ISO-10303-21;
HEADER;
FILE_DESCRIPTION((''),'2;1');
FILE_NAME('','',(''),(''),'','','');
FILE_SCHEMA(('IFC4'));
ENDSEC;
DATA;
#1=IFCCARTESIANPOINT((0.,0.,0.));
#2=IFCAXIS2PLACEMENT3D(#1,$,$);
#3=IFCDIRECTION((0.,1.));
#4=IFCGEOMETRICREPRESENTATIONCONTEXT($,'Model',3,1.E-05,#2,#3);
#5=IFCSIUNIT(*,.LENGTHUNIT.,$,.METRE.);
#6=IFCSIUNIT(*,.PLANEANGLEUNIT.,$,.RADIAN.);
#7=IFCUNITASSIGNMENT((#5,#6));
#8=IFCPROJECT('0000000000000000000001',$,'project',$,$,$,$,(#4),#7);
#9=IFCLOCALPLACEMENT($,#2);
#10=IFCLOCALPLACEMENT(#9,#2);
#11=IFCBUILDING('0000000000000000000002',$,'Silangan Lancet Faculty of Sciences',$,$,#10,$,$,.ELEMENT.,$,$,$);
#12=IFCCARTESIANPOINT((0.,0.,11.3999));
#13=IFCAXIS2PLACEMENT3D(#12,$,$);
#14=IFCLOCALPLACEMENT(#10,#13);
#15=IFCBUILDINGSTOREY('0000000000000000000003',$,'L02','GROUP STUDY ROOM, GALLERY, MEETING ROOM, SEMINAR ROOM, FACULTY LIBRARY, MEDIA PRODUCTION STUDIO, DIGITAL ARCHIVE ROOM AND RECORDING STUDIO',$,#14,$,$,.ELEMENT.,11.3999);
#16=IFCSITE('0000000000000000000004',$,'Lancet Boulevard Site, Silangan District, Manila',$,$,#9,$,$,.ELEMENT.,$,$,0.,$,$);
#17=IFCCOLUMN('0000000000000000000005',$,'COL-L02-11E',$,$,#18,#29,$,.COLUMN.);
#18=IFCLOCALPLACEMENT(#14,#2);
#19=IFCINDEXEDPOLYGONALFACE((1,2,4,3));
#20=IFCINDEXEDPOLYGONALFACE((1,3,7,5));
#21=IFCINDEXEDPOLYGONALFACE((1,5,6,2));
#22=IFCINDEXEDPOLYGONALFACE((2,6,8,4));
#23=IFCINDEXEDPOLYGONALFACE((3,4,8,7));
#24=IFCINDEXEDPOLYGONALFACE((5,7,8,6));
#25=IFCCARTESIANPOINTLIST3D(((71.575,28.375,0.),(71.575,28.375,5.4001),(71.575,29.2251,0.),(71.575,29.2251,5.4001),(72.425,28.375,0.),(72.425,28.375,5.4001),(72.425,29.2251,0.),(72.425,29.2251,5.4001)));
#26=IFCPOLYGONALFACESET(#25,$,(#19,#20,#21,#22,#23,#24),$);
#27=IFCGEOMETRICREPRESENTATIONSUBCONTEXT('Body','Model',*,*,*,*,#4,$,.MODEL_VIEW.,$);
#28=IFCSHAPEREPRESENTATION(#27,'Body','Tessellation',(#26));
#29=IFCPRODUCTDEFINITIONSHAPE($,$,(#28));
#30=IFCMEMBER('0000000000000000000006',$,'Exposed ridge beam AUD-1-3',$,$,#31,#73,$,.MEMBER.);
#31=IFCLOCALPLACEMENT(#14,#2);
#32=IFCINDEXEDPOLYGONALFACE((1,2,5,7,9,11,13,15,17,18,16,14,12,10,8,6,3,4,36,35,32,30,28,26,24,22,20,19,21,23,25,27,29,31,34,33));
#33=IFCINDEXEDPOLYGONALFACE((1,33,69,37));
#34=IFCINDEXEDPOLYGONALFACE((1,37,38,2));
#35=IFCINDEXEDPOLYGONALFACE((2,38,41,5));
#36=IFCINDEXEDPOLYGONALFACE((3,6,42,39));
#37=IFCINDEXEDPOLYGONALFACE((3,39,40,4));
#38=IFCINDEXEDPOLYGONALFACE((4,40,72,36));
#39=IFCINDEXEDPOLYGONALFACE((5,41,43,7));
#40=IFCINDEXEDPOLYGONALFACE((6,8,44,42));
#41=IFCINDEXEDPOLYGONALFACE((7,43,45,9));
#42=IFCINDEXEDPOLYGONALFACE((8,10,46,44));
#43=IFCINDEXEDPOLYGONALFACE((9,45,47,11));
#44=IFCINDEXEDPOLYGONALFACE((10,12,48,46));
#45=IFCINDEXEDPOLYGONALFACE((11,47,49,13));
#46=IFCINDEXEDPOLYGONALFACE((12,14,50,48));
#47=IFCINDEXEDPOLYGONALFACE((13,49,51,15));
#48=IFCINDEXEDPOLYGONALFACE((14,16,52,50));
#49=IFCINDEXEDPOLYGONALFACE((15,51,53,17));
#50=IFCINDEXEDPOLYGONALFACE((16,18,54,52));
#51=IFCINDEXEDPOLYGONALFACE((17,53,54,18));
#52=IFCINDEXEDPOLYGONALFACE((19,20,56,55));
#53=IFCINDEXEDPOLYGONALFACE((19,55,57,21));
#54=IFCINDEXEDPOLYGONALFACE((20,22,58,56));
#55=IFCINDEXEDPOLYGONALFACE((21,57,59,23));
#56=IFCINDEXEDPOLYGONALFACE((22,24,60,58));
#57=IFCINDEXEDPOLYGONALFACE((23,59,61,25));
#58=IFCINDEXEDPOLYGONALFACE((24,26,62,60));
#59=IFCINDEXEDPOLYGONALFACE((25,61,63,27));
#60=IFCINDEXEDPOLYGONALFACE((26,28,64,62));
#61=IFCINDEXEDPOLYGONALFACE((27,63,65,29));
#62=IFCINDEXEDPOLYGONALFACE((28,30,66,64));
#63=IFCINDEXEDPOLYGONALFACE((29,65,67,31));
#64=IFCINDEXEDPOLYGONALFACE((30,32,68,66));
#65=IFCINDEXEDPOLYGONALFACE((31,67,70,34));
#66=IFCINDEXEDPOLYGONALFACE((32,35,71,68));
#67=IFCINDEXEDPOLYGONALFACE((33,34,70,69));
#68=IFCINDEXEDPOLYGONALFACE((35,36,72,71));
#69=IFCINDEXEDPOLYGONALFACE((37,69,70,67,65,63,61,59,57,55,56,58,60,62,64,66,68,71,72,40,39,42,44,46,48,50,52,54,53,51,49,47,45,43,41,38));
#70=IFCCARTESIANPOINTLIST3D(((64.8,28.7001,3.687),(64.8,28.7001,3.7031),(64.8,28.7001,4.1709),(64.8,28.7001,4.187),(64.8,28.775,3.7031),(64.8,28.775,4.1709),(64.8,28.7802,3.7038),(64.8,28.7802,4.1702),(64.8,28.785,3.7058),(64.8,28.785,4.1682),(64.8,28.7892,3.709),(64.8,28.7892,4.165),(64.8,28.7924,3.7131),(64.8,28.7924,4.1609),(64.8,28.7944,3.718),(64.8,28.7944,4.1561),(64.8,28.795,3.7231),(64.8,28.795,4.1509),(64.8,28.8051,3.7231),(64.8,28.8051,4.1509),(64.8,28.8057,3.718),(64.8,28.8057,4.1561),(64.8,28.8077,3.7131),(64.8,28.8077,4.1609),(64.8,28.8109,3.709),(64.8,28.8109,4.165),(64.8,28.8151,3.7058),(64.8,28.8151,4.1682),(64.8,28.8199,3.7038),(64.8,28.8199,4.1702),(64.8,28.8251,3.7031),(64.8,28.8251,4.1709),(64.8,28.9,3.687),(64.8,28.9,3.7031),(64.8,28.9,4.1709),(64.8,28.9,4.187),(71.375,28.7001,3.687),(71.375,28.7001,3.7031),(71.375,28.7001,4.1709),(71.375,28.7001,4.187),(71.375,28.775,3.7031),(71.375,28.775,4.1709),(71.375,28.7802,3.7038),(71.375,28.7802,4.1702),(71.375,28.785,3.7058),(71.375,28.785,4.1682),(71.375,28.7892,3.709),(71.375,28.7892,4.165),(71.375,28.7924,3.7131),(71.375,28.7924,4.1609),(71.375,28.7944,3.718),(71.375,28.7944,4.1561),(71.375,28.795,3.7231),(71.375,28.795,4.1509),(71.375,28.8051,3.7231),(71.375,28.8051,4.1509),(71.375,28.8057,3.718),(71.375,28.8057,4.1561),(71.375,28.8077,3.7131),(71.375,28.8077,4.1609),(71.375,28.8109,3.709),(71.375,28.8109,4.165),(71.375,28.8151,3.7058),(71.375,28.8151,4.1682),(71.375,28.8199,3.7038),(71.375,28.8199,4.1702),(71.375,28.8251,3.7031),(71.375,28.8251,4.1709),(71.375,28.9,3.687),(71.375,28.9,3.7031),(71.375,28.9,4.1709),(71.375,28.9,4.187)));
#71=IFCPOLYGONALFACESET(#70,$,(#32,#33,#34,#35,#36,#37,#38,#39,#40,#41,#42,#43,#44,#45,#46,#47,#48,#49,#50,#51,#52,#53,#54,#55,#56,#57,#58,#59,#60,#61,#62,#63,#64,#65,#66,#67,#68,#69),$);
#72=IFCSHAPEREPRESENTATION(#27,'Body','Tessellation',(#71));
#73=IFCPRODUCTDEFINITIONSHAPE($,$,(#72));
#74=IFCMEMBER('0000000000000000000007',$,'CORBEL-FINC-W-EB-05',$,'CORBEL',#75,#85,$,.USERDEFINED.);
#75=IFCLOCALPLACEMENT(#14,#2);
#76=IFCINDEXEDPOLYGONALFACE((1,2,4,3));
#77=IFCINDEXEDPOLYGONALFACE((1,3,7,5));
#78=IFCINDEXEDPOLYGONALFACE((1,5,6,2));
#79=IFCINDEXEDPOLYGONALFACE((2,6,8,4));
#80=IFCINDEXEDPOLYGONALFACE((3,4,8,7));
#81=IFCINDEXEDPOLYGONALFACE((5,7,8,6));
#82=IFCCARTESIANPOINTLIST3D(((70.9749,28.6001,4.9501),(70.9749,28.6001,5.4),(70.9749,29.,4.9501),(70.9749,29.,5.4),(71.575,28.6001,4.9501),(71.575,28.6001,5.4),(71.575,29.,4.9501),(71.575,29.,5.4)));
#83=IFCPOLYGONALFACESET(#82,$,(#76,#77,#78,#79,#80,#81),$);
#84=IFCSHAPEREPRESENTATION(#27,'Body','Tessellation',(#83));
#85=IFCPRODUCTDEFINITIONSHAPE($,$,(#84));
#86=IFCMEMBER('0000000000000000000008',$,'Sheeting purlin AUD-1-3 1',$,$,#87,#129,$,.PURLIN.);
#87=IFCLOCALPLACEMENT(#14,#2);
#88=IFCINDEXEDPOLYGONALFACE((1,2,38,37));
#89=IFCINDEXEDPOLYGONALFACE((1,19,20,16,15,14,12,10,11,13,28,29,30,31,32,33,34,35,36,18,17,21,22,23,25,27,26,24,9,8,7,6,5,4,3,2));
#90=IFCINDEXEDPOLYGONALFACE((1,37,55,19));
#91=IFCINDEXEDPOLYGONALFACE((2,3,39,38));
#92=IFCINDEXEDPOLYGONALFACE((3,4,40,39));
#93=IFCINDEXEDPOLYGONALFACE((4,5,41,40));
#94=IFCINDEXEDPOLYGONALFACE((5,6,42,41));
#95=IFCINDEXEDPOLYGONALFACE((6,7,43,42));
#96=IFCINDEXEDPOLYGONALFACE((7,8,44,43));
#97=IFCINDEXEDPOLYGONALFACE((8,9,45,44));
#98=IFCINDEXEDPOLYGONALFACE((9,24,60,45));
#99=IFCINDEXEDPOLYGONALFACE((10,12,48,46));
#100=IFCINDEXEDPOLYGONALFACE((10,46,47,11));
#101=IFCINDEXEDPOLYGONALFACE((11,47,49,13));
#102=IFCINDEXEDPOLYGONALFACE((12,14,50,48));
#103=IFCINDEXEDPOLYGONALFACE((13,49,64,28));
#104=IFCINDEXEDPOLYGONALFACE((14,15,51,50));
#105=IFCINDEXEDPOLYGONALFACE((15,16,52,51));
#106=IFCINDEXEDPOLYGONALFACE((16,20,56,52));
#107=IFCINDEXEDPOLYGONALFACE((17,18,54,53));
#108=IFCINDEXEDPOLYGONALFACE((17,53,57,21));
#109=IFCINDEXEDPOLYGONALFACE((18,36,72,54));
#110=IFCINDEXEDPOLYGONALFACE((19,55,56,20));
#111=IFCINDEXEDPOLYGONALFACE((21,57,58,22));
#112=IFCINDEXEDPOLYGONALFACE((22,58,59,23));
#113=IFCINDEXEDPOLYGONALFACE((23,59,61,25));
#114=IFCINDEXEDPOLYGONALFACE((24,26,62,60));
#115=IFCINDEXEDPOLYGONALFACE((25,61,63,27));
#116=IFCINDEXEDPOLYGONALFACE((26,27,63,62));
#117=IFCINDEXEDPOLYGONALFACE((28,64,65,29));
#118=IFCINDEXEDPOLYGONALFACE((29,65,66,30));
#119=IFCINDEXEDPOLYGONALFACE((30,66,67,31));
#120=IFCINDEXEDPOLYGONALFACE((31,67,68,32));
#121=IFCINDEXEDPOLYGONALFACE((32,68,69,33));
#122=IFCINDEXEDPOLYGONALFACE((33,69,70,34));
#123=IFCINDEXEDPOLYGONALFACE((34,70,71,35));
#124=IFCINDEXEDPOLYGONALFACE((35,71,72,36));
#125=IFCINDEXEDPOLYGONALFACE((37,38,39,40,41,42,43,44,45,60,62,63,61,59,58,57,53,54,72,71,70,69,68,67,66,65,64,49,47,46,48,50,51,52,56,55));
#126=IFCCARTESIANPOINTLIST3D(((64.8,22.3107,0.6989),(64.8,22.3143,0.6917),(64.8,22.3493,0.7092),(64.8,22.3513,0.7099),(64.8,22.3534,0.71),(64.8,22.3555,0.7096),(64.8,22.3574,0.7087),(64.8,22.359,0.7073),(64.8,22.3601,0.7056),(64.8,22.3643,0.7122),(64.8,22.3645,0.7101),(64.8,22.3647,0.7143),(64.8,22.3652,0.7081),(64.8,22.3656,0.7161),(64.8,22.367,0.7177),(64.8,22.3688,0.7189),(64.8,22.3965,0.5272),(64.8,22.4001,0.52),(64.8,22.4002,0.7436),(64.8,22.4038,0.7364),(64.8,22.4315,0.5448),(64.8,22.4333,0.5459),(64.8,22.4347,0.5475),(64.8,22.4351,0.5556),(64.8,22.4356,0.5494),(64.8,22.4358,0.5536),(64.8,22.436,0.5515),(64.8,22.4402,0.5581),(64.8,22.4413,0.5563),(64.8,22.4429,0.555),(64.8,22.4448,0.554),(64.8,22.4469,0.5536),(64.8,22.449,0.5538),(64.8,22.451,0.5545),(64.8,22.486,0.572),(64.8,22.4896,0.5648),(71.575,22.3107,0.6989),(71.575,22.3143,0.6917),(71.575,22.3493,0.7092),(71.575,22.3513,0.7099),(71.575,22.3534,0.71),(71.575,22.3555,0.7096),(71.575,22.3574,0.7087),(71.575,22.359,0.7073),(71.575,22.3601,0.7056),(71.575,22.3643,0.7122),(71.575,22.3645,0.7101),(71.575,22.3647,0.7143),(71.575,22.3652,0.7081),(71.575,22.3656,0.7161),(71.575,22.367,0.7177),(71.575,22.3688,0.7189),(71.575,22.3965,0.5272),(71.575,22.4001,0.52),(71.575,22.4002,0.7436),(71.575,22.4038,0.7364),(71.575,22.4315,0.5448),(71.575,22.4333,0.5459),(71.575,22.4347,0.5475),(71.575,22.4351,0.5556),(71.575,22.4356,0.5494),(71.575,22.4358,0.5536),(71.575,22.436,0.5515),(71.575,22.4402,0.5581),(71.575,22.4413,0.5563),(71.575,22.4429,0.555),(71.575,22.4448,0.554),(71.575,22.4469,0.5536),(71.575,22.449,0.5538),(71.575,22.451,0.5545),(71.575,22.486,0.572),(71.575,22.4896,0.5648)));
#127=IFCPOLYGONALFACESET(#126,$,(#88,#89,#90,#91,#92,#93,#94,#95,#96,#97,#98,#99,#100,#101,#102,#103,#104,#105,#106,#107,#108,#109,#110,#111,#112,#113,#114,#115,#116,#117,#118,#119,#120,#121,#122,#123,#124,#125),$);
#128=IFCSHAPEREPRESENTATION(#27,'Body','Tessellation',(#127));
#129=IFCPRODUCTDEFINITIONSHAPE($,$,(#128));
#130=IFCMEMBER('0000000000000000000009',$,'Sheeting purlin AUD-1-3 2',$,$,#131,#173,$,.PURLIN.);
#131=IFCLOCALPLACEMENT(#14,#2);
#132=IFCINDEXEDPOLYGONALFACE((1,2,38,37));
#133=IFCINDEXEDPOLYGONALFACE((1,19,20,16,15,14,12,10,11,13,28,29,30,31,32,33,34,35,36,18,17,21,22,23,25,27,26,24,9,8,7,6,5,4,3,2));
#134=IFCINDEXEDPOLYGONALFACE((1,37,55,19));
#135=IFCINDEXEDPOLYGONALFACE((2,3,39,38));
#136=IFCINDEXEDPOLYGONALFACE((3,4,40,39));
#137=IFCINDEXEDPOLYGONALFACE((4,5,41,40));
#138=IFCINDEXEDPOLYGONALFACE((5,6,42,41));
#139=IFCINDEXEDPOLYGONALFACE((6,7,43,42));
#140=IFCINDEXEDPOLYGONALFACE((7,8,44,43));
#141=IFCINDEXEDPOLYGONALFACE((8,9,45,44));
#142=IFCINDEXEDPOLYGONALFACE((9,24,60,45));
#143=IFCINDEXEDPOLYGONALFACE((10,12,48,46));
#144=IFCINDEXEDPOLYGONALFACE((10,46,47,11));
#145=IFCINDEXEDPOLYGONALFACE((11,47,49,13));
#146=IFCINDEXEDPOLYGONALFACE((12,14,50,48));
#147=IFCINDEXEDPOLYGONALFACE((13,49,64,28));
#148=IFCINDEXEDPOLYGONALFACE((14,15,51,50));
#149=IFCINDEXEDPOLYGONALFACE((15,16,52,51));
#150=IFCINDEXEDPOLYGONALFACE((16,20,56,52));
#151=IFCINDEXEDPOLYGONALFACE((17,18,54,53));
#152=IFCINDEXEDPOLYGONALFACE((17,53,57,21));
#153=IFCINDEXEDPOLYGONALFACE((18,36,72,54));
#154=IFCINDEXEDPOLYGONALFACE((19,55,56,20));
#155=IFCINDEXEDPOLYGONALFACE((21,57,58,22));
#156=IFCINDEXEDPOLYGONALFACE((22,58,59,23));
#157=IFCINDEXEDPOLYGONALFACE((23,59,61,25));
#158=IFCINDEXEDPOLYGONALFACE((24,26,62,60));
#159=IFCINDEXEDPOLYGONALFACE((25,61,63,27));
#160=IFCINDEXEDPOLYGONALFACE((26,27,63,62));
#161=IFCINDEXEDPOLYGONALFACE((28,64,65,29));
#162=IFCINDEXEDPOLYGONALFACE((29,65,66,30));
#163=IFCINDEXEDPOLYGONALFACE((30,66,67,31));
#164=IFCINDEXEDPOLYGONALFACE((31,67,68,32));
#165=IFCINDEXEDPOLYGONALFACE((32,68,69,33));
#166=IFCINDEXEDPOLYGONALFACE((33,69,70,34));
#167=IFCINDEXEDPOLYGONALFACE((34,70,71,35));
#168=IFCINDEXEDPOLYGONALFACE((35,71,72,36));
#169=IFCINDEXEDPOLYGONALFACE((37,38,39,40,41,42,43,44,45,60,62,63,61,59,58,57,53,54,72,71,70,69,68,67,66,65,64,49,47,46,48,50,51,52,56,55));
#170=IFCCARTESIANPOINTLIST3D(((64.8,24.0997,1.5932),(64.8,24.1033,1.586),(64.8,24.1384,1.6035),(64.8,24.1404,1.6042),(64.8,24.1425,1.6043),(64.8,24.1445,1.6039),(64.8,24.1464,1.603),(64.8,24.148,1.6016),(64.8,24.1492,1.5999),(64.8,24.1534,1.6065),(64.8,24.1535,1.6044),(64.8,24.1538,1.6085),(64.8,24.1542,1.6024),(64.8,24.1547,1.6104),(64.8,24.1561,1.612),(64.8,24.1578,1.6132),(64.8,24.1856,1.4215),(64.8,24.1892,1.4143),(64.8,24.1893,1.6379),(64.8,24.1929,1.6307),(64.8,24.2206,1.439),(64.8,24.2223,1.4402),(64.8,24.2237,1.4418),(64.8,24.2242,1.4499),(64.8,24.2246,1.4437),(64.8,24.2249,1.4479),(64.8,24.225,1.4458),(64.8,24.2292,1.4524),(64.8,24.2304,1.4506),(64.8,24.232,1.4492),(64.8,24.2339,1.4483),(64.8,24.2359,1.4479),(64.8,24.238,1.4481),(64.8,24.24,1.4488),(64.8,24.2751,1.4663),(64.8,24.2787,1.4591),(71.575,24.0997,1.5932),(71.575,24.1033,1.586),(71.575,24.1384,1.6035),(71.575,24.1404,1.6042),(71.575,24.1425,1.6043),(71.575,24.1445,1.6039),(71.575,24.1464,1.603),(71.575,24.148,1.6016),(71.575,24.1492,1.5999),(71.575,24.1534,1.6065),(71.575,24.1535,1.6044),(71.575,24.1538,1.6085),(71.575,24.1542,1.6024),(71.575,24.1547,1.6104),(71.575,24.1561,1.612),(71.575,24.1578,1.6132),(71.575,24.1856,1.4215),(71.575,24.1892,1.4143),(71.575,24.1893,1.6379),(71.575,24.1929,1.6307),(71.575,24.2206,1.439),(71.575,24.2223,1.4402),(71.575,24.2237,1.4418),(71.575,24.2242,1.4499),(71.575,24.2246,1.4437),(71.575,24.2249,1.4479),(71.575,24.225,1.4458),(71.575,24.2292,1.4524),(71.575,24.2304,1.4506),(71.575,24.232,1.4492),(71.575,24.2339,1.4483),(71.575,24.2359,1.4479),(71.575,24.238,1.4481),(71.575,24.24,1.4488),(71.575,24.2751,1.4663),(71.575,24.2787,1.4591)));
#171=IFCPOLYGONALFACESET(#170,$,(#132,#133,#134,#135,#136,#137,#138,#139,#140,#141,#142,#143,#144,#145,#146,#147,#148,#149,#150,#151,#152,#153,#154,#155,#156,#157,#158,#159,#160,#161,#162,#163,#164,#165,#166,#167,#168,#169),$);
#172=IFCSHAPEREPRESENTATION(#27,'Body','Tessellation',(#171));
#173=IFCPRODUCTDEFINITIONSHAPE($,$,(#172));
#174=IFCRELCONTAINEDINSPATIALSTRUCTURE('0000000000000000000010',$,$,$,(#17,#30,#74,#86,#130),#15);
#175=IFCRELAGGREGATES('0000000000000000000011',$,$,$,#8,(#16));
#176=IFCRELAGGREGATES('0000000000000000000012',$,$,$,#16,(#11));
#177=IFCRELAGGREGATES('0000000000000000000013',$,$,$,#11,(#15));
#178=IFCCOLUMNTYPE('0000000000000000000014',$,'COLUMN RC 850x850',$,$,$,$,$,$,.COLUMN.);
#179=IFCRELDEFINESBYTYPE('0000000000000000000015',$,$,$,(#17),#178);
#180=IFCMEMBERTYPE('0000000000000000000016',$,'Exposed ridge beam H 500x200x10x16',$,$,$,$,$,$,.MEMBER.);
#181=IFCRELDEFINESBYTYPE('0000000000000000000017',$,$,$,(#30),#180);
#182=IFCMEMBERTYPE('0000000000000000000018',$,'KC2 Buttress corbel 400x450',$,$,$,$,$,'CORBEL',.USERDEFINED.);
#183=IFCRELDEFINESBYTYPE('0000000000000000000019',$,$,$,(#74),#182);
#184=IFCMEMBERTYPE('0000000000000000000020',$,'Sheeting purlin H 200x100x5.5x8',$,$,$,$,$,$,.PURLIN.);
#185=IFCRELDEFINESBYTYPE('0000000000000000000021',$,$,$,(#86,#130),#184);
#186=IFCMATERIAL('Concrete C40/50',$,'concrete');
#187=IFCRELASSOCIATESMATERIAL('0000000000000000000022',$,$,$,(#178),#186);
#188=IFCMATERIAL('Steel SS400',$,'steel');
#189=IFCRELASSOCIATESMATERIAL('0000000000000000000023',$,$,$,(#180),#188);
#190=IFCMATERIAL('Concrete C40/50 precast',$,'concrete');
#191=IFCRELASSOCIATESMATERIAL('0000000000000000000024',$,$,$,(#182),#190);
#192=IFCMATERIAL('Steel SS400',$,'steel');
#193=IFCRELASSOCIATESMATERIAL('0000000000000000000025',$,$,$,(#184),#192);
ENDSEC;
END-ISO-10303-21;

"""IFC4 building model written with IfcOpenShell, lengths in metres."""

from ifc_helpers import new_model, si_unit, direction, frame, origin, origin_2d, place, context, subcontext, project, spatial, rectangle, i_section, extrude, material, material_profile, profile_set, type_object, element, save


model = new_model("IFC4")

# Units and contexts
model_context = context("Model", 3, precision=1e-05, world=origin(), true_north=direction((0.0, 1.0)))
body_context = subcontext(model_context, "Body", "Model", "MODEL_VIEW")
ifc_project = project(units=[si_unit("LENGTHUNIT", "METRE"), si_unit("PLANEANGLEUNIT", "RADIAN")], contexts=[model_context])

# Site, building, storey
site_placement = place(None, origin())
site = spatial("IfcSite", under=ifc_project, at=site_placement, Name="Lancet Boulevard Site, Silangan District, Manila", CompositionType="ELEMENT", RefElevation=0.0)
building_placement = place(site_placement, origin())
building = spatial("IfcBuilding", under=site, at=building_placement, Name="Silangan Lancet Faculty of Sciences", CompositionType="ELEMENT")
storey_placement = place(building_placement, frame((0.0, 0.0, 11.3999)))
storey = spatial("IfcBuildingStorey", under=building, at=storey_placement, Name="L02", Description="GROUP STUDY ROOM, GALLERY, MEETING ROOM, SEMINAR ROOM, FACULTY LIBRARY, MEDIA PRODUCTION STUDIO, DIGITAL ARCHIVE ROOM AND RECORDING STUDIO", CompositionType="ELEMENT", Elevation=11.3999)

# Column
ifc_material_1 = material(Name="Concrete C40/50", Category="concrete")
ifc_material_profile_1 = material_profile(ifc_material_1, rectangle(XDim=0.8501, YDim=0.8501, at=origin_2d()), Name="RC 850x850")
ifc_profile_set_1 = profile_set([ifc_material_profile_1], Name="Concrete C40/50")
column_type = type_object("IfcColumnType", Name="COLUMN RC 850x850", PredefinedType="COLUMN", material=ifc_profile_set_1)
column_placement = place(storey_placement, frame((72.0, 28.8, 0.0), z_axis=(0.0, 0.0, 1.0), x_axis=(1.0, 0.0, 0.0)))
element("IfcColumn", 1, at=column_placement, inside=storey, type_object=column_type, Name="COL-L02-11E", PredefinedType="COLUMN", context=body_context, shape_type="SweptSolid", body=[
    extrude(rectangle(XDim=0.8501, YDim=0.8501, at=origin_2d()), origin(), (0.0, 0.0, 1.0), 5.4001),
])

# Members
ifc_material_2 = material(Name="Steel SS400", Category="steel")
ifc_material_profile_2 = material_profile(ifc_material_2, i_section(OverallWidth=0.2, OverallDepth=0.5, WebThickness=0.01, FlangeThickness=0.0161, FilletRadius=0.02, at=origin_2d()), Name="H 500x200x10x16")
ifc_profile_set_2 = profile_set([ifc_material_profile_2], Name="Steel SS400")
member_type_1 = type_object("IfcMemberType", Name="Exposed ridge beam H 500x200x10x16", PredefinedType="MEMBER", material=ifc_profile_set_2)
member_1_placement = place(storey_placement, frame((64.8, 28.8, 3.937), z_axis=(1.0, 0.0, 0.0), x_axis=(0.0, 1.0, 0.0)))
element("IfcMember", 2, at=member_1_placement, inside=storey, type_object=member_type_1, Name="Exposed ridge beam AUD-1-3", PredefinedType="MEMBER", context=body_context, shape_type="SweptSolid", body=[
    extrude(i_section(OverallWidth=0.2, OverallDepth=0.5, WebThickness=0.01, FlangeThickness=0.0161, FilletRadius=0.02, at=origin_2d()), origin(), (0.0, 0.0, 1.0), 6.575),
])
ifc_material_3 = material(Name="Concrete C40/50 precast", Category="concrete")
ifc_material_profile_3 = material_profile(ifc_material_3, rectangle(XDim=0.3999, YDim=0.45, at=origin_2d()), Name="RC 400x450")
ifc_profile_set_3 = profile_set([ifc_material_profile_3], Name="Concrete C40/50 precast")
member_type_2 = type_object("IfcMemberType", Name="KC2 Buttress corbel 400x450", ElementType="CORBEL", PredefinedType="USERDEFINED", material=ifc_profile_set_3)
member_2_placement = place(storey_placement, frame((71.575, 28.8, 5.175), z_axis=(-1.0, 0.0, 0.0), x_axis=(0.0, -1.0, 0.0)))
element("IfcMember", 3, at=member_2_placement, inside=storey, type_object=member_type_2, Name="CORBEL-FINC-W-EB-05", ObjectType="CORBEL", PredefinedType="USERDEFINED", context=body_context, shape_type="SweptSolid", body=[
    extrude(rectangle(XDim=0.3999, YDim=0.45, at=origin_2d()), origin(), (0.0, 0.0, 1.0), 0.6001),
])
ifc_material_4 = material(Name="Steel SS400", Category="steel")
ifc_material_profile_4 = material_profile(ifc_material_4, i_section(OverallWidth=0.1001, OverallDepth=0.2, WebThickness=0.0056, FlangeThickness=0.0081, FilletRadius=0.0081, at=origin_2d()), Name="H 200x100x5.5x8")
ifc_profile_set_4 = profile_set([ifc_material_profile_4], Name="Steel SS400")
member_type_3 = type_object("IfcMemberType", Name="Sheeting purlin H 200x100x5.5x8", PredefinedType="PURLIN", material=ifc_profile_set_4)
for number, where, z_axis, x_axis, name in (
    (4, (64.8, 22.4001, 0.6318), (1.0, 0.0, 0.0), (0.0, 0.894427, 0.447214), "Sheeting purlin AUD-1-3 1"),
    (5, (64.8, 24.1892, 1.5261), (1.0, 0.0, 0.0), (0.0, 0.894427, 0.447214), "Sheeting purlin AUD-1-3 2"),
):
    element("IfcMember", number, at=place(storey_placement, frame(where, z_axis=z_axis, x_axis=x_axis)), inside=storey, type_object=member_type_3, Name=name, PredefinedType="PURLIN", context=body_context, shape_type="SweptSolid", body=[
        extrude(i_section(OverallWidth=0.1001, OverallDepth=0.2, WebThickness=0.0056, FlangeThickness=0.0081, FilletRadius=0.0081, at=origin_2d()), origin(), (0.0, 0.0, 1.0), 6.7749),
    ])

save(model, "model.ifc")
